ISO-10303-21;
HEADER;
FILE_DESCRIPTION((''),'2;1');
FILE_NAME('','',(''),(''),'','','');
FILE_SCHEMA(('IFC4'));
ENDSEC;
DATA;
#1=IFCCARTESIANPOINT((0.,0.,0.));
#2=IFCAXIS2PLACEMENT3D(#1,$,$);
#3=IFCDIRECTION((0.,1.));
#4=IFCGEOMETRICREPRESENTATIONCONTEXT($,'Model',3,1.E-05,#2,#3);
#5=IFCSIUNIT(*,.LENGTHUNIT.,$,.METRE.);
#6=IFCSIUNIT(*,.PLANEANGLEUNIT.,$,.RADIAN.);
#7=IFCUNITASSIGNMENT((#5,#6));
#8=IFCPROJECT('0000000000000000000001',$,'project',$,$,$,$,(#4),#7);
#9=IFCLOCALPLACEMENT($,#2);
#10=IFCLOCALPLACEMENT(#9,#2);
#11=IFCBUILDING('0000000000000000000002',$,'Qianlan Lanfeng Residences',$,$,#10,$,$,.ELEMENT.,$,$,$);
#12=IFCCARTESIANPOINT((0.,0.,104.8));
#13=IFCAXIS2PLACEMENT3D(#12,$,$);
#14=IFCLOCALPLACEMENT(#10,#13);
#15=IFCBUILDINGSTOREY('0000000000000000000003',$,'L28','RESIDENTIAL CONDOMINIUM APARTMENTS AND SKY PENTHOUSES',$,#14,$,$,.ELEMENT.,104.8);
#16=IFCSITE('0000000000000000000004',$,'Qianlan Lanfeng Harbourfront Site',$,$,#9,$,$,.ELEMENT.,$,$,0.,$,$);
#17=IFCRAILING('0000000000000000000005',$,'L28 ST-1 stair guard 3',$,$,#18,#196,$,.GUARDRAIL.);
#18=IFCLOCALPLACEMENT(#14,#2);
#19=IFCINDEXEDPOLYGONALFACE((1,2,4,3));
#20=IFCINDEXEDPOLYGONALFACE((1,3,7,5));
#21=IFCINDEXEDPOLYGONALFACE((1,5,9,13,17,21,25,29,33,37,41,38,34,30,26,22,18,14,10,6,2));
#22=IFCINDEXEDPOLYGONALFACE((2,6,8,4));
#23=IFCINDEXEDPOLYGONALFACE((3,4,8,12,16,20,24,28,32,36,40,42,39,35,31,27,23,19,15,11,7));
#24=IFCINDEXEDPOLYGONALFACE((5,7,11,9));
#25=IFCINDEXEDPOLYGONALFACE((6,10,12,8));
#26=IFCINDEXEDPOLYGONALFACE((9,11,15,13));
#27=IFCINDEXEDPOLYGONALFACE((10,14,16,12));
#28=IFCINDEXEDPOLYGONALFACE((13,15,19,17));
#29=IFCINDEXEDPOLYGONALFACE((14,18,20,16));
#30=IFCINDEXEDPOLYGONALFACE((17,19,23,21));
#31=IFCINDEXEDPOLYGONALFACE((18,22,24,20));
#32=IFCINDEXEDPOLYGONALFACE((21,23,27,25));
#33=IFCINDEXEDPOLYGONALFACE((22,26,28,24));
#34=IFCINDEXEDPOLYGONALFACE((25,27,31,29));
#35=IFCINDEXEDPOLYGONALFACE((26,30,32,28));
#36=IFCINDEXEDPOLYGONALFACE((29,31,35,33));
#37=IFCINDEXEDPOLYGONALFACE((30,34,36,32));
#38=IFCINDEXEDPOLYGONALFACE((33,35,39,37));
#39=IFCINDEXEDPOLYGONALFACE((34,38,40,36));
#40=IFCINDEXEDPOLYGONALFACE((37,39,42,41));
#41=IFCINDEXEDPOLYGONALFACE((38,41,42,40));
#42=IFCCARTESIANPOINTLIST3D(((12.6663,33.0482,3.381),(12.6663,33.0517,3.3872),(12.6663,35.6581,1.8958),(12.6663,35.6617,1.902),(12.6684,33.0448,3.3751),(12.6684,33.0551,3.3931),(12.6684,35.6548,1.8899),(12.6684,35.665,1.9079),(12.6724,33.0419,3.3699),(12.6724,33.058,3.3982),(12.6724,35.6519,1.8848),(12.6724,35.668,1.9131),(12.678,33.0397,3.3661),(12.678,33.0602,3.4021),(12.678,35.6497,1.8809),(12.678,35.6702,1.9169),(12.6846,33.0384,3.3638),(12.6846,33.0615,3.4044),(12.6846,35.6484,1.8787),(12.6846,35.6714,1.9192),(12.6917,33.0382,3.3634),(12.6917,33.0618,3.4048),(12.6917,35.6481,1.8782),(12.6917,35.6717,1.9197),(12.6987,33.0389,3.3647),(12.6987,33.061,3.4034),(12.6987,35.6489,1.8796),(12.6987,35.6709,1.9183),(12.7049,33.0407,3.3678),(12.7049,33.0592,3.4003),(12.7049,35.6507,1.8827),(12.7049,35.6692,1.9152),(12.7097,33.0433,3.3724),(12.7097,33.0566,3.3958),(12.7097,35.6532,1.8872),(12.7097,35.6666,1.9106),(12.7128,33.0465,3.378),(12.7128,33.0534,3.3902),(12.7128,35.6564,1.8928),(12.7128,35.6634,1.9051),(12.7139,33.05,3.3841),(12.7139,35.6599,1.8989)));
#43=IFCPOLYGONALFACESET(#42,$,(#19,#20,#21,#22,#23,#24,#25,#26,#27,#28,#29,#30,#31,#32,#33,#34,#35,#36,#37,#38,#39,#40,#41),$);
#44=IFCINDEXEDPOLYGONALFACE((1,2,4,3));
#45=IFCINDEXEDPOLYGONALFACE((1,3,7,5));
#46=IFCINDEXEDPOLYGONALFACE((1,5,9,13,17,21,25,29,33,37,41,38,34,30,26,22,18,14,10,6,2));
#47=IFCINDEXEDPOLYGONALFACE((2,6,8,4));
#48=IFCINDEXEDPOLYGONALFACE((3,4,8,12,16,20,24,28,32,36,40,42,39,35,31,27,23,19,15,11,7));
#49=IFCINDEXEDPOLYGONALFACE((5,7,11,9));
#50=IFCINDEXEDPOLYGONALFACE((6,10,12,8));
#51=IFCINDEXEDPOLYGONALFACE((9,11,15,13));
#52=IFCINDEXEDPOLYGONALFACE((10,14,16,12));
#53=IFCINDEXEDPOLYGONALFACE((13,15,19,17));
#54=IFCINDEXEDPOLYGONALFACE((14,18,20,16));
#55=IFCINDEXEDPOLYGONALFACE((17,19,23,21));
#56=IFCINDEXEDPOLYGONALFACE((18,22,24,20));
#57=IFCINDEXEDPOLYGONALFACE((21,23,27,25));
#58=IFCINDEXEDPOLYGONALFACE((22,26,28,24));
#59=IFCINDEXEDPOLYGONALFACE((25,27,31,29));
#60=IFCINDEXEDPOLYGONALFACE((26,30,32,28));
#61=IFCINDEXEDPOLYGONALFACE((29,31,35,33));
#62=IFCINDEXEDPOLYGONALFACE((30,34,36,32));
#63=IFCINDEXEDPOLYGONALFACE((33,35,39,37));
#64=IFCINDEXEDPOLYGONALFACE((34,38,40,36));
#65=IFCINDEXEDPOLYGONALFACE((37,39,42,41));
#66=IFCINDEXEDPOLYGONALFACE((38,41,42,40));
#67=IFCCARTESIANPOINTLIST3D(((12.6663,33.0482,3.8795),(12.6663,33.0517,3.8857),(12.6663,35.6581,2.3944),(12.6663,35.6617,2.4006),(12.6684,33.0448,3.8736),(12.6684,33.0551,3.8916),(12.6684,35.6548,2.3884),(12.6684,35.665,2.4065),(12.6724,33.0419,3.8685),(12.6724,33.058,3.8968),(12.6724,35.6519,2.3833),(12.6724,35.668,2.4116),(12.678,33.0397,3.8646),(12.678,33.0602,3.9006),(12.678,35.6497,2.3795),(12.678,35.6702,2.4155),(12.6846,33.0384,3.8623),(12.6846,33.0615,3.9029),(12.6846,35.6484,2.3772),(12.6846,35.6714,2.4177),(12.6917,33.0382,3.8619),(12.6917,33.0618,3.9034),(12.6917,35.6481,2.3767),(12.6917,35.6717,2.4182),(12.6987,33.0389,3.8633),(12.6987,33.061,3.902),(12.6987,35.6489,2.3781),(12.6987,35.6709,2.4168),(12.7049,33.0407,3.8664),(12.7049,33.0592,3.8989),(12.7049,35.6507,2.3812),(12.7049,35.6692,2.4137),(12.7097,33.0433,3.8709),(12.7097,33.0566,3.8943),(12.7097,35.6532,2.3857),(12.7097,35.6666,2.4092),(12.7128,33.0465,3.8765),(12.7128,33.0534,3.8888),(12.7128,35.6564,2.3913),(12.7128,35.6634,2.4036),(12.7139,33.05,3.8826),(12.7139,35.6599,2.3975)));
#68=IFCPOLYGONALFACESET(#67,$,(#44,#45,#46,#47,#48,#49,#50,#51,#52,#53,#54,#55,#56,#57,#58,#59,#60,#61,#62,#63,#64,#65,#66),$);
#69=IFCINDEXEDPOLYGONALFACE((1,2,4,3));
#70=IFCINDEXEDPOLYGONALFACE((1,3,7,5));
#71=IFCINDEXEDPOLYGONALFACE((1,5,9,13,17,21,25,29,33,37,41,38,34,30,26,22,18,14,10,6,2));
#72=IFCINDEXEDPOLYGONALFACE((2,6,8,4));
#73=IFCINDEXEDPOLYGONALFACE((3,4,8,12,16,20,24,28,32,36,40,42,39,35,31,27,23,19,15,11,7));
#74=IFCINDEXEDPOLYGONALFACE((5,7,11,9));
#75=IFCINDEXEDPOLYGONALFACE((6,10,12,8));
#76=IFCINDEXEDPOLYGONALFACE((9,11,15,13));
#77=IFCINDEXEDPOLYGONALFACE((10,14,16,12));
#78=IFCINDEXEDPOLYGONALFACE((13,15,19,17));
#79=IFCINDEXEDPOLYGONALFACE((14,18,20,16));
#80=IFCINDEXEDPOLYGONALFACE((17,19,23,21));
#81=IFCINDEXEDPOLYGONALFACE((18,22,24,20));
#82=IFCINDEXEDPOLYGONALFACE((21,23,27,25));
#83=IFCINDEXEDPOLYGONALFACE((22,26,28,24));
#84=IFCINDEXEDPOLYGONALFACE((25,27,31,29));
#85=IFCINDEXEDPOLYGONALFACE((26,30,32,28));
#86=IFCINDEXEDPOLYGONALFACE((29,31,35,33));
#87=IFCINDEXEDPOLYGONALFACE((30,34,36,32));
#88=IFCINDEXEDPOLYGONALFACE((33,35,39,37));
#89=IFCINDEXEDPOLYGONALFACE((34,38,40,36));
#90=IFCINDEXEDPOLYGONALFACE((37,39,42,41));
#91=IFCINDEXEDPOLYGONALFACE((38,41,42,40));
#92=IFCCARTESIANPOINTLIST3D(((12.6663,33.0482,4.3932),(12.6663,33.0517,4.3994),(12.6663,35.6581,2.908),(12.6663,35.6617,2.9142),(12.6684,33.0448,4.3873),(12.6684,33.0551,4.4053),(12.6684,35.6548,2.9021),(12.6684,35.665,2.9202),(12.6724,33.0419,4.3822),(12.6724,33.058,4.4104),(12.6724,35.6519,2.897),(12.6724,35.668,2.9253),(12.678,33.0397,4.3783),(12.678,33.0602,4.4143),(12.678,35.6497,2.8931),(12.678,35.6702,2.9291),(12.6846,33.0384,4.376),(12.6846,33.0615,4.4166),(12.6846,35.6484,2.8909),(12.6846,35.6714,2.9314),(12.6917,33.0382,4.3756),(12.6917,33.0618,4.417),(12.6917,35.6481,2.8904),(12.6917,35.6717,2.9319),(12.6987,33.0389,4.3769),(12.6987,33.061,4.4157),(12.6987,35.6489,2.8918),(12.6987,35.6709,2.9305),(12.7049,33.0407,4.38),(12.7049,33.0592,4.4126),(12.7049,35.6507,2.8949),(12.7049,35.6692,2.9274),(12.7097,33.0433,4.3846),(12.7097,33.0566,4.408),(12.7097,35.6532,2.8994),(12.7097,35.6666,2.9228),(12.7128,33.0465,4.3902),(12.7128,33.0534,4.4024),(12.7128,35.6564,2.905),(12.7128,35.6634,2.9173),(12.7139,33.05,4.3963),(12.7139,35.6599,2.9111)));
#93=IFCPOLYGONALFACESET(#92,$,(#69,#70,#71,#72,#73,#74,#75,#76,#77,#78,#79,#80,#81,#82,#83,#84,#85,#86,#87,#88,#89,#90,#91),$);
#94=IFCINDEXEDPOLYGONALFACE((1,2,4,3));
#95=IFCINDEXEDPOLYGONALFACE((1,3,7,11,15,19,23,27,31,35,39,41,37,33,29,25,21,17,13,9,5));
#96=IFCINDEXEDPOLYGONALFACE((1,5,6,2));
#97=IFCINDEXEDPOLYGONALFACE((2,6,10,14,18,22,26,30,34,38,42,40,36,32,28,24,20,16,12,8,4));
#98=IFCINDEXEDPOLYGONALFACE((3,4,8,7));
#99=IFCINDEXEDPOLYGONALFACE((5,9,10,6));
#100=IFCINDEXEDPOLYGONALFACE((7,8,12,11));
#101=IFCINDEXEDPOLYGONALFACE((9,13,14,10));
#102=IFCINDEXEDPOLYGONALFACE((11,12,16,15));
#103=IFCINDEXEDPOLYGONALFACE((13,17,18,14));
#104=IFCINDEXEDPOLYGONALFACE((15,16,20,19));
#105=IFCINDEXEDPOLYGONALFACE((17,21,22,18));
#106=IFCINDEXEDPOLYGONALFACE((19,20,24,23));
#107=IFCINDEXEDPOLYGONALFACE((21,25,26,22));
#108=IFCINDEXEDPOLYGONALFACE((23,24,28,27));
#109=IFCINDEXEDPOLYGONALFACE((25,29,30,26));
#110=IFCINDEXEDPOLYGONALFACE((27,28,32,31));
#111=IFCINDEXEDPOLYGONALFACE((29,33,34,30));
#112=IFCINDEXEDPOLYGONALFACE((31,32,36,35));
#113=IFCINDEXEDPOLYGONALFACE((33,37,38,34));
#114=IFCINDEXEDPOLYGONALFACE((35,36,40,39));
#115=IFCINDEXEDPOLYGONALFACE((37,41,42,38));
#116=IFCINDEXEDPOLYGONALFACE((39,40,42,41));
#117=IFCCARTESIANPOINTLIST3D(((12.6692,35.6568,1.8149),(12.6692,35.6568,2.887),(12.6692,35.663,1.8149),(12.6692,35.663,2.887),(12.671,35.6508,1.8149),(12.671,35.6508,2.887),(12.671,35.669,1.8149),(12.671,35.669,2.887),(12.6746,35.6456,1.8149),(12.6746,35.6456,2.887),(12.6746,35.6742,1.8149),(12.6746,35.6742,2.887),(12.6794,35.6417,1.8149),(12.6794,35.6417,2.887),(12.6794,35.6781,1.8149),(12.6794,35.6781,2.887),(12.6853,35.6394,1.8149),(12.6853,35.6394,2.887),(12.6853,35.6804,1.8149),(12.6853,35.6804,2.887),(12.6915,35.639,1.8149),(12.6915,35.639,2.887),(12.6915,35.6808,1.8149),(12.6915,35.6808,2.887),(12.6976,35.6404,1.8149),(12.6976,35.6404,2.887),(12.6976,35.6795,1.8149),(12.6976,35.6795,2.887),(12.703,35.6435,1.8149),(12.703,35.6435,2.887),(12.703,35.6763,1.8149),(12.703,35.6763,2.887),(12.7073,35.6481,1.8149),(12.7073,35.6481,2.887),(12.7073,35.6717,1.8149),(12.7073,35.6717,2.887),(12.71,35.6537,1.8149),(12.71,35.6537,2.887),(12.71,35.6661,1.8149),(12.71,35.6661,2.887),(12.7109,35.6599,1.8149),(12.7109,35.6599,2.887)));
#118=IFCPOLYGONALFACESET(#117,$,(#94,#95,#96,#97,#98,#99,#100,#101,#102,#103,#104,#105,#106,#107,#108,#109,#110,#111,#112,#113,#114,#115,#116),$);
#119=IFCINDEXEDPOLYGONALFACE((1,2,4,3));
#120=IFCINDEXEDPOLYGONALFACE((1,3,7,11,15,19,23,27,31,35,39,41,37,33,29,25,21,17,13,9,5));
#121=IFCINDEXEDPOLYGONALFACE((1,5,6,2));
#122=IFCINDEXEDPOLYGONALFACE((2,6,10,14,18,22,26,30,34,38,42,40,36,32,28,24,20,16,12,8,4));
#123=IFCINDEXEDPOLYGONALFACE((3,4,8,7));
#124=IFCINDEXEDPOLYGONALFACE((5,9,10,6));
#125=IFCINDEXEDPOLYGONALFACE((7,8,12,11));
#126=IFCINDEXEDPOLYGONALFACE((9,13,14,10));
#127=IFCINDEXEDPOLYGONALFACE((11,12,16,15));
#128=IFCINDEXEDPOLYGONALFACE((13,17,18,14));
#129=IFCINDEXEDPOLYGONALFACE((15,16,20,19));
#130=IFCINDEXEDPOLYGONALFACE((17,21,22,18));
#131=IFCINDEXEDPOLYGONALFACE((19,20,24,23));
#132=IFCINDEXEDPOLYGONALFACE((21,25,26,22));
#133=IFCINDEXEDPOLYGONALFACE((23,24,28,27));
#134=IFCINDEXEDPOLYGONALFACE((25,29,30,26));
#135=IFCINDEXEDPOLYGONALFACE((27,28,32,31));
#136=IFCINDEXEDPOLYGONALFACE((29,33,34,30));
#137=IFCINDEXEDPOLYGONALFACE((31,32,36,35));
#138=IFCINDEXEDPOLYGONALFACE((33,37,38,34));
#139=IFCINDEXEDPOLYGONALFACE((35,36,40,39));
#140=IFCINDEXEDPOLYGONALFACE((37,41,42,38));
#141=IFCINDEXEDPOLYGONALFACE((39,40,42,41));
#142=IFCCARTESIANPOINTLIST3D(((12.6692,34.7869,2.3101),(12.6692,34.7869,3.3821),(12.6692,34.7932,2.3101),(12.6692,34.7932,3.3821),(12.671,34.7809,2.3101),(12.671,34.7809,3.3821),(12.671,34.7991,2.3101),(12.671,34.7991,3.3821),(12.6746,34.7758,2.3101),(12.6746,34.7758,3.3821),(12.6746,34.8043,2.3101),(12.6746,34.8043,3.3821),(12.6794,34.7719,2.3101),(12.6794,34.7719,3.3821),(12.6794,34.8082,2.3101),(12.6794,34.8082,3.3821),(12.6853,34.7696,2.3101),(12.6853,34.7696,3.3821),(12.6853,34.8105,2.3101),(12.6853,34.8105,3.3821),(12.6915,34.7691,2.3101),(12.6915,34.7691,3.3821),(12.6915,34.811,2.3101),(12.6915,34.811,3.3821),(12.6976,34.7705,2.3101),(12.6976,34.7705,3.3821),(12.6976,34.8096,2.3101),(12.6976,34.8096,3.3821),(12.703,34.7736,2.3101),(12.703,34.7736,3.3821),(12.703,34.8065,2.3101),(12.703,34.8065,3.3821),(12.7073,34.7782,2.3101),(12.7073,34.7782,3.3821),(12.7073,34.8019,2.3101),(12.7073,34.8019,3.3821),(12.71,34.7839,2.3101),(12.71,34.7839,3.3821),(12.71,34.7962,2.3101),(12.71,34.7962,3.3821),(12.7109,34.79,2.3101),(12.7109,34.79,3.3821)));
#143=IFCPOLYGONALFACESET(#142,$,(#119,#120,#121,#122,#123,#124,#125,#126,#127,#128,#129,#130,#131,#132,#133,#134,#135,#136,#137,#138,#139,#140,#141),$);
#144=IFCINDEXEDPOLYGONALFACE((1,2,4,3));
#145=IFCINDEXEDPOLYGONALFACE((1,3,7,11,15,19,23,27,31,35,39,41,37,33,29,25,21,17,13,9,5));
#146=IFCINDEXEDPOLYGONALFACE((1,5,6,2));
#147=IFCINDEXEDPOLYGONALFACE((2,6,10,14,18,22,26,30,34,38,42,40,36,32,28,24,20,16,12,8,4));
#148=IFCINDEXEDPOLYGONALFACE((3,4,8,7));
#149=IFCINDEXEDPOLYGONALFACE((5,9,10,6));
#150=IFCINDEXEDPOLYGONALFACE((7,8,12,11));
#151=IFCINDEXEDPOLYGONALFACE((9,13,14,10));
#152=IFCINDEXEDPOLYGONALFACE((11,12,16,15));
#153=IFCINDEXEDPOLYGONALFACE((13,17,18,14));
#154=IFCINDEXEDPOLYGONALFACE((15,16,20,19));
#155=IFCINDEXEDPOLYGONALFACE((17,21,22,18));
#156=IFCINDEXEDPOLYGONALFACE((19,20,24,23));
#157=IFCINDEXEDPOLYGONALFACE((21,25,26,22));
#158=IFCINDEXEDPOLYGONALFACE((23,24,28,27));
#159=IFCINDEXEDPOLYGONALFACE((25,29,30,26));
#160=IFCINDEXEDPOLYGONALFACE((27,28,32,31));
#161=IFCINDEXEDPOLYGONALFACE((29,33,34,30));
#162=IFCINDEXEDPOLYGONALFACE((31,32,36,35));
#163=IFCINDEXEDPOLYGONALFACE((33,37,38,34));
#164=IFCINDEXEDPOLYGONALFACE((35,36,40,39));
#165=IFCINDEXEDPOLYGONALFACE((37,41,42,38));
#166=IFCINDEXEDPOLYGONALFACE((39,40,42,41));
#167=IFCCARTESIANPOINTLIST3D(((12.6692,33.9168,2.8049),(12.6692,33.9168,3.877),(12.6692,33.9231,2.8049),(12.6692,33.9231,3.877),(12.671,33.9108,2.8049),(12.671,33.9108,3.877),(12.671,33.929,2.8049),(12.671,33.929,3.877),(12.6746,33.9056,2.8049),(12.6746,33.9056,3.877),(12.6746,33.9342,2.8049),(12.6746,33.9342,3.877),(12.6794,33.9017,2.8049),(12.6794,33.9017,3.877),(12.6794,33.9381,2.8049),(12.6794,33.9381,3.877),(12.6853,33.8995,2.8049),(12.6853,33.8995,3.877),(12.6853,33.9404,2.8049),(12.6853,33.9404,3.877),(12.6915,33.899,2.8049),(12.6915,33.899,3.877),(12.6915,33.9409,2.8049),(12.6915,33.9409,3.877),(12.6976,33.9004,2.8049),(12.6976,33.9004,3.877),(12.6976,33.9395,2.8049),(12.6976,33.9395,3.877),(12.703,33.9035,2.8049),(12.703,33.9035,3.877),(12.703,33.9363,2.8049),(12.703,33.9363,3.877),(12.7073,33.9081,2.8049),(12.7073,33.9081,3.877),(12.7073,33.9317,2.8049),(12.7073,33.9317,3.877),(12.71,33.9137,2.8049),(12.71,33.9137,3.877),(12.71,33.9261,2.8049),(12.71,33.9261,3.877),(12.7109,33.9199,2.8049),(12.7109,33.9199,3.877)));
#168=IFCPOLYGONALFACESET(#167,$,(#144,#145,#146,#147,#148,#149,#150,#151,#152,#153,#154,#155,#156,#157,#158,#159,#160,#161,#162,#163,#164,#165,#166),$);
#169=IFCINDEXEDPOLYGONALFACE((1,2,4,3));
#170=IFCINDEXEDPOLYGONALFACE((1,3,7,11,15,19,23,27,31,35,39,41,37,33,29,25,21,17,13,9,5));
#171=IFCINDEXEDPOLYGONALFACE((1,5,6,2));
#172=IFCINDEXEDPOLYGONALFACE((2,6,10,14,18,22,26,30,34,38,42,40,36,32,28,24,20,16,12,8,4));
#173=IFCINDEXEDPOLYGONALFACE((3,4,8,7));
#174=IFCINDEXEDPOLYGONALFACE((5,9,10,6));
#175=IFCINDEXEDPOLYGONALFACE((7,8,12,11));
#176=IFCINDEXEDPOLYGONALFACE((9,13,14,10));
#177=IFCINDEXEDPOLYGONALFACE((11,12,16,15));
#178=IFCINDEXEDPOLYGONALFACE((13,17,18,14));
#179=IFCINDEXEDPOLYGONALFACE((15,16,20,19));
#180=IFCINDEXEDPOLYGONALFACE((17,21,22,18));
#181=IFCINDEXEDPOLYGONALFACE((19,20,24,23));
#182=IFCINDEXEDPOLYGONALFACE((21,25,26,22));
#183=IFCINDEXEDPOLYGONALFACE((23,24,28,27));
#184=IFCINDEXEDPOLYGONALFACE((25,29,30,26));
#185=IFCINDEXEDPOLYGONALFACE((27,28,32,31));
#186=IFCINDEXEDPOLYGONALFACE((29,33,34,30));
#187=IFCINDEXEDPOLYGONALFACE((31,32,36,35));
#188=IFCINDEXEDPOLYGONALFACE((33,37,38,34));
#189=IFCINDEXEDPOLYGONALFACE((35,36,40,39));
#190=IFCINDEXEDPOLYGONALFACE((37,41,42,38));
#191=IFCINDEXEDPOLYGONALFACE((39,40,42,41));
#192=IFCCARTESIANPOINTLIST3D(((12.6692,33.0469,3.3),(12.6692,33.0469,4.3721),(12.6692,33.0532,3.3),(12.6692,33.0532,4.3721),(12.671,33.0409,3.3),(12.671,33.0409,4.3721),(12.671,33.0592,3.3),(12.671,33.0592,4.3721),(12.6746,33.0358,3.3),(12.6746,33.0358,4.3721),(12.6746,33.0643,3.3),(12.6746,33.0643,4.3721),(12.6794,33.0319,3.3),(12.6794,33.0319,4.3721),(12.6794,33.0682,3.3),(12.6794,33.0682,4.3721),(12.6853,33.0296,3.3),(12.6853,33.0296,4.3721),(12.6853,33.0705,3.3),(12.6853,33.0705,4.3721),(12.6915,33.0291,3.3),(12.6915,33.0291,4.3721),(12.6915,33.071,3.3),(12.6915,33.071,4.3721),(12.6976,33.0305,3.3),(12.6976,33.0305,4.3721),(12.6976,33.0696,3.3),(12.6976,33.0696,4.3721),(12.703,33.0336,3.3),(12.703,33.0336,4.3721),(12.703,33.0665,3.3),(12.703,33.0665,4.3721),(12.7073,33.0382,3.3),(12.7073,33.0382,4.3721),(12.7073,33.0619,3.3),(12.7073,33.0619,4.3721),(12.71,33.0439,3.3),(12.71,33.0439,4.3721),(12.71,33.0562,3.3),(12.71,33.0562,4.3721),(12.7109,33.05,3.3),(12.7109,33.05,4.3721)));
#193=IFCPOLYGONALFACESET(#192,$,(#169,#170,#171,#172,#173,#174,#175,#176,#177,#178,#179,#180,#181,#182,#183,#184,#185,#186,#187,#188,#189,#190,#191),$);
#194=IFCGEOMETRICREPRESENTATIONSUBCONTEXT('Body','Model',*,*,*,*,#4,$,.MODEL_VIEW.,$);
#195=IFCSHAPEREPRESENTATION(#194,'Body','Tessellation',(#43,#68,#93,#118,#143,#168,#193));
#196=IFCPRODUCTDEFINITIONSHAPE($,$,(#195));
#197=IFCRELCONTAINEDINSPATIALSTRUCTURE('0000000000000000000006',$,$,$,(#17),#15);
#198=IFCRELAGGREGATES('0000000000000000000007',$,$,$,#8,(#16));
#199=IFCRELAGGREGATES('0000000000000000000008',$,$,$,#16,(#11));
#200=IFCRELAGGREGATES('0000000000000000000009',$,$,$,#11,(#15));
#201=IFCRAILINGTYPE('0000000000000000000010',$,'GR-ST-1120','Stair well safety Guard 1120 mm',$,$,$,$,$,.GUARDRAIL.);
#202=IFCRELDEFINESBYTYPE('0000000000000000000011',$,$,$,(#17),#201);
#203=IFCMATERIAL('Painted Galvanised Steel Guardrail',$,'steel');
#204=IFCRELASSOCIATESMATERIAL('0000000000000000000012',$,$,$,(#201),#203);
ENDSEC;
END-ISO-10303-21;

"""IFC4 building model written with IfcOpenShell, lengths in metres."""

from ifc_helpers import new_model, si_unit, direction, frame, origin, origin_2d, place, context, subcontext, project, spatial, circle, extrude, material, type_object, element, save


model = new_model("IFC4")

# Units and contexts
model_context = context("Model", 3, precision=1e-05, world=origin(), true_north=direction((0.0, 1.0)))
body_context = subcontext(model_context, "Body", "Model", "MODEL_VIEW")
ifc_project = project(units=[si_unit("LENGTHUNIT", "METRE"), si_unit("PLANEANGLEUNIT", "RADIAN")], contexts=[model_context])

# Site, building, storey
site_placement = place(None, origin())
site = spatial("IfcSite", under=ifc_project, at=site_placement, Name="Qianlan Lanfeng Harbourfront Site", CompositionType="ELEMENT", RefElevation=0.0)
building_placement = place(site_placement, origin())
building = spatial("IfcBuilding", under=site, at=building_placement, Name="Qianlan Lanfeng Residences", CompositionType="ELEMENT")
storey_placement = place(building_placement, frame((0.0, 0.0, 104.8)))
storey = spatial("IfcBuildingStorey", under=building, at=storey_placement, Name="L28", Description="RESIDENTIAL CONDOMINIUM APARTMENTS AND SKY PENTHOUSES", CompositionType="ELEMENT", Elevation=104.8)

# Railing
ifc_material_1 = material(Name="Painted Galvanised Steel Guardrail", Category="steel")
railing_type_1 = type_object("IfcRailingType", Name="GR-ST-1120", Description="Stair well safety Guard 1120 mm", PredefinedType="GUARDRAIL", material=ifc_material_1)
railing_1_placement = place(storey_placement, frame((12.6899, 35.6599, 1.8149)))
element("IfcRailing", 1, at=railing_1_placement, inside=storey, type_object=railing_type_1, Name="L28 ST-1 stair guard 3", PredefinedType="GUARDRAIL", context=body_context, shape_type="SweptSolid", body=[
    extrude(circle(Radius=0.0239, at=origin_2d()), frame((0.0, 0.0, 0.084), z_axis=(0.0, -0.869137, 0.494571), x_axis=(1.0, 0.0, 0.0)), (0.0, 0.0, 1.0), 3.0029),
    extrude(circle(Radius=0.0239, at=origin_2d()), frame((0.0, 0.0, 0.5825), z_axis=(0.0, -0.869137, 0.494571), x_axis=(1.0, 0.0, 0.0)), (0.0, 0.0, 1.0), 3.0029),
    extrude(circle(Radius=0.0239, at=origin_2d()), frame((0.0, 0.0, 1.0962), z_axis=(0.0, -0.869137, 0.494571), x_axis=(1.0, 0.0, 0.0)), (0.0, 0.0, 1.0), 3.0029),
    extrude(circle(Radius=0.021, at=origin_2d()), origin(), (0.0, 0.0, 1.0), 1.072),
    extrude(circle(Radius=0.021, at=origin_2d()), frame((0.0, -0.8699, 0.4951)), (0.0, 0.0, 1.0), 1.072),
    extrude(circle(Radius=0.021, at=origin_2d()), frame((0.0, -1.74, 0.99)), (0.0, 0.0, 1.0), 1.072),
    extrude(circle(Radius=0.021, at=origin_2d()), frame((0.0, -2.6099, 1.4851)), (0.0, 0.0, 1.0), 1.072),
])

save(model, "model.ifc")
